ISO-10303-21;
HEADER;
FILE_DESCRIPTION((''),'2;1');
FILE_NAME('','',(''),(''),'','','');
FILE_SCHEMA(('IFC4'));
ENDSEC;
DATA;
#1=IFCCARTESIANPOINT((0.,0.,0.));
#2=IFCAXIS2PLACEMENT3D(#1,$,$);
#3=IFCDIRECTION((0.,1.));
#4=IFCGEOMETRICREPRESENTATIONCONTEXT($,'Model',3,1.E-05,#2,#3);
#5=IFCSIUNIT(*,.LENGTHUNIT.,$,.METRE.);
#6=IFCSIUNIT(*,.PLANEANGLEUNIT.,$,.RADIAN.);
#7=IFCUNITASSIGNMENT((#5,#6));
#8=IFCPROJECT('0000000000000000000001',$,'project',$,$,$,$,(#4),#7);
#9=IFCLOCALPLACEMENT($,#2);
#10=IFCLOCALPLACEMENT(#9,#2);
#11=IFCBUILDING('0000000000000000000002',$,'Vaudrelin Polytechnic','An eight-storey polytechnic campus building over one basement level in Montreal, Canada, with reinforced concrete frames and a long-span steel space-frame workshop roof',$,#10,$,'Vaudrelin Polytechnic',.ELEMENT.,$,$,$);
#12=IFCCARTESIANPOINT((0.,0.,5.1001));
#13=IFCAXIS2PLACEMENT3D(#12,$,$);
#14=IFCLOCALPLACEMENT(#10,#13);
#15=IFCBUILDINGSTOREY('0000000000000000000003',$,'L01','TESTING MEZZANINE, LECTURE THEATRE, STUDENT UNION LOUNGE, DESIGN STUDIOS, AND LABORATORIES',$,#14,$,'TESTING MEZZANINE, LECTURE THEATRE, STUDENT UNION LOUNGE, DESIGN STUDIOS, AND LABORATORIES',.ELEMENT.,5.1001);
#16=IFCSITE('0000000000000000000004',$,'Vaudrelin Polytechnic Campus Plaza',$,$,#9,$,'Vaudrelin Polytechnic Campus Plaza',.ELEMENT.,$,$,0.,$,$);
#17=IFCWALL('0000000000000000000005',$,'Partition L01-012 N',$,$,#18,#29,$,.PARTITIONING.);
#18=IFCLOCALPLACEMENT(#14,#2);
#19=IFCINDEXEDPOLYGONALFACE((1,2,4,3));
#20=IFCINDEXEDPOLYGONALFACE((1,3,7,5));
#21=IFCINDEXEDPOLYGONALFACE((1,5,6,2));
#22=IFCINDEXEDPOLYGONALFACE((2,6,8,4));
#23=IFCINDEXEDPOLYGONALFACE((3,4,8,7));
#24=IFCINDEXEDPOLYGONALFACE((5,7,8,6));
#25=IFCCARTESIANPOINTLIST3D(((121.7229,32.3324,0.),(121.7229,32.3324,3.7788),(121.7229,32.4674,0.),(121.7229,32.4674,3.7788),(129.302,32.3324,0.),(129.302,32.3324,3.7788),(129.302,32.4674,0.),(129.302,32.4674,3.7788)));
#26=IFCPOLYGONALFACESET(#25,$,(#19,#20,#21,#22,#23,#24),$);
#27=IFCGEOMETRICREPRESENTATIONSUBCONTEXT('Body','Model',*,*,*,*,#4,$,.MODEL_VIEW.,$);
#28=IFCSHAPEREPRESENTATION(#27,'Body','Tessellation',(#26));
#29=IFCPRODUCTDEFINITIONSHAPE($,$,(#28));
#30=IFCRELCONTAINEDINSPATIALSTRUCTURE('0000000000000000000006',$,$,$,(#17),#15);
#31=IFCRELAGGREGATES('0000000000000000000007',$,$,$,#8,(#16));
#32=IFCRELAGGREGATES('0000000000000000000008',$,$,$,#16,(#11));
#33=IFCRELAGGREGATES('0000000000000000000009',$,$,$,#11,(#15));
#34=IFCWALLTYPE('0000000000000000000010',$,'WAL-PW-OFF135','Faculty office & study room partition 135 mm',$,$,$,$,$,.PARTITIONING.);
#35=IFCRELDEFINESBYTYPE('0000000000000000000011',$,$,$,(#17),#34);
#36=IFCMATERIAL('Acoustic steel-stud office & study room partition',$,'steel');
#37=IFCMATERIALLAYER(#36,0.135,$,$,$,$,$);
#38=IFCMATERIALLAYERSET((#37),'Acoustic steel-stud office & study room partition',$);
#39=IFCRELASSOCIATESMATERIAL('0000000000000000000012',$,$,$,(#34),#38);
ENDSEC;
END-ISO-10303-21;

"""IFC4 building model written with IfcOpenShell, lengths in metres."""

from ifc_helpers import new_model, si_unit, direction, frame, frame_2d, origin, place, context, subcontext, project, spatial, rectangle, extrude, material, layer, layer_set, type_object, element, save


model = new_model("IFC4")

# Units and contexts
model_context = context("Model", 3, precision=1e-05, world=origin(), true_north=direction((0.0, 1.0)))
body_context = subcontext(model_context, "Body", "Model", "MODEL_VIEW")
ifc_project = project(units=[si_unit("LENGTHUNIT", "METRE"), si_unit("PLANEANGLEUNIT", "RADIAN")], contexts=[model_context])

# Site, building, storey
site_placement = place(None, origin())
site = spatial("IfcSite", under=ifc_project, at=site_placement, Name="Vaudrelin Polytechnic Campus Plaza", LongName="Vaudrelin Polytechnic Campus Plaza", CompositionType="ELEMENT", RefElevation=0.0)
building_placement = place(site_placement, origin())
building = spatial("IfcBuilding", under=site, at=building_placement, Name="Vaudrelin Polytechnic", Description="An eight-storey polytechnic campus building over one basement level in Montreal, Canada, with reinforced concrete frames and a long-span steel space-frame workshop roof", LongName="Vaudrelin Polytechnic", CompositionType="ELEMENT")
storey_placement = place(building_placement, frame((0.0, 0.0, 5.1001)))
storey = spatial("IfcBuildingStorey", under=building, at=storey_placement, Name="L01", Description="TESTING MEZZANINE, LECTURE THEATRE, STUDENT UNION LOUNGE, DESIGN STUDIOS, AND LABORATORIES", LongName="TESTING MEZZANINE, LECTURE THEATRE, STUDENT UNION LOUNGE, DESIGN STUDIOS, AND LABORATORIES", CompositionType="ELEMENT", Elevation=5.1001)

# Wall
ifc_material_1 = material(Name="Acoustic steel-stud office & study room partition", Category="steel")
ifc_layer_1 = layer(ifc_material_1, 0.135)
ifc_layer_set_1 = layer_set([ifc_layer_1], Name="Acoustic steel-stud office & study room partition")
wall_type_1 = type_object("IfcWallType", Name="WAL-PW-OFF135", Description="Faculty office & study room partition 135 mm", PredefinedType="PARTITIONING", material=ifc_layer_set_1)
wall_1_placement = place(storey_placement, frame((121.7229, 32.3999, 0.0), z_axis=(0.0, 0.0, 1.0), x_axis=(1.0, 0.0, 0.0)))
element("IfcWall", 1, at=wall_1_placement, inside=storey, type_object=wall_type_1, Name="Partition L01-012 N", PredefinedType="PARTITIONING", context=body_context, shape_type="SweptSolid", body=[
    extrude(rectangle(XDim=7.5791, YDim=0.135, at=frame_2d((3.7896, 0.0))), origin(), (0.0, 0.0, 1.0), 3.7788),
])

save(model, "model.ifc")
